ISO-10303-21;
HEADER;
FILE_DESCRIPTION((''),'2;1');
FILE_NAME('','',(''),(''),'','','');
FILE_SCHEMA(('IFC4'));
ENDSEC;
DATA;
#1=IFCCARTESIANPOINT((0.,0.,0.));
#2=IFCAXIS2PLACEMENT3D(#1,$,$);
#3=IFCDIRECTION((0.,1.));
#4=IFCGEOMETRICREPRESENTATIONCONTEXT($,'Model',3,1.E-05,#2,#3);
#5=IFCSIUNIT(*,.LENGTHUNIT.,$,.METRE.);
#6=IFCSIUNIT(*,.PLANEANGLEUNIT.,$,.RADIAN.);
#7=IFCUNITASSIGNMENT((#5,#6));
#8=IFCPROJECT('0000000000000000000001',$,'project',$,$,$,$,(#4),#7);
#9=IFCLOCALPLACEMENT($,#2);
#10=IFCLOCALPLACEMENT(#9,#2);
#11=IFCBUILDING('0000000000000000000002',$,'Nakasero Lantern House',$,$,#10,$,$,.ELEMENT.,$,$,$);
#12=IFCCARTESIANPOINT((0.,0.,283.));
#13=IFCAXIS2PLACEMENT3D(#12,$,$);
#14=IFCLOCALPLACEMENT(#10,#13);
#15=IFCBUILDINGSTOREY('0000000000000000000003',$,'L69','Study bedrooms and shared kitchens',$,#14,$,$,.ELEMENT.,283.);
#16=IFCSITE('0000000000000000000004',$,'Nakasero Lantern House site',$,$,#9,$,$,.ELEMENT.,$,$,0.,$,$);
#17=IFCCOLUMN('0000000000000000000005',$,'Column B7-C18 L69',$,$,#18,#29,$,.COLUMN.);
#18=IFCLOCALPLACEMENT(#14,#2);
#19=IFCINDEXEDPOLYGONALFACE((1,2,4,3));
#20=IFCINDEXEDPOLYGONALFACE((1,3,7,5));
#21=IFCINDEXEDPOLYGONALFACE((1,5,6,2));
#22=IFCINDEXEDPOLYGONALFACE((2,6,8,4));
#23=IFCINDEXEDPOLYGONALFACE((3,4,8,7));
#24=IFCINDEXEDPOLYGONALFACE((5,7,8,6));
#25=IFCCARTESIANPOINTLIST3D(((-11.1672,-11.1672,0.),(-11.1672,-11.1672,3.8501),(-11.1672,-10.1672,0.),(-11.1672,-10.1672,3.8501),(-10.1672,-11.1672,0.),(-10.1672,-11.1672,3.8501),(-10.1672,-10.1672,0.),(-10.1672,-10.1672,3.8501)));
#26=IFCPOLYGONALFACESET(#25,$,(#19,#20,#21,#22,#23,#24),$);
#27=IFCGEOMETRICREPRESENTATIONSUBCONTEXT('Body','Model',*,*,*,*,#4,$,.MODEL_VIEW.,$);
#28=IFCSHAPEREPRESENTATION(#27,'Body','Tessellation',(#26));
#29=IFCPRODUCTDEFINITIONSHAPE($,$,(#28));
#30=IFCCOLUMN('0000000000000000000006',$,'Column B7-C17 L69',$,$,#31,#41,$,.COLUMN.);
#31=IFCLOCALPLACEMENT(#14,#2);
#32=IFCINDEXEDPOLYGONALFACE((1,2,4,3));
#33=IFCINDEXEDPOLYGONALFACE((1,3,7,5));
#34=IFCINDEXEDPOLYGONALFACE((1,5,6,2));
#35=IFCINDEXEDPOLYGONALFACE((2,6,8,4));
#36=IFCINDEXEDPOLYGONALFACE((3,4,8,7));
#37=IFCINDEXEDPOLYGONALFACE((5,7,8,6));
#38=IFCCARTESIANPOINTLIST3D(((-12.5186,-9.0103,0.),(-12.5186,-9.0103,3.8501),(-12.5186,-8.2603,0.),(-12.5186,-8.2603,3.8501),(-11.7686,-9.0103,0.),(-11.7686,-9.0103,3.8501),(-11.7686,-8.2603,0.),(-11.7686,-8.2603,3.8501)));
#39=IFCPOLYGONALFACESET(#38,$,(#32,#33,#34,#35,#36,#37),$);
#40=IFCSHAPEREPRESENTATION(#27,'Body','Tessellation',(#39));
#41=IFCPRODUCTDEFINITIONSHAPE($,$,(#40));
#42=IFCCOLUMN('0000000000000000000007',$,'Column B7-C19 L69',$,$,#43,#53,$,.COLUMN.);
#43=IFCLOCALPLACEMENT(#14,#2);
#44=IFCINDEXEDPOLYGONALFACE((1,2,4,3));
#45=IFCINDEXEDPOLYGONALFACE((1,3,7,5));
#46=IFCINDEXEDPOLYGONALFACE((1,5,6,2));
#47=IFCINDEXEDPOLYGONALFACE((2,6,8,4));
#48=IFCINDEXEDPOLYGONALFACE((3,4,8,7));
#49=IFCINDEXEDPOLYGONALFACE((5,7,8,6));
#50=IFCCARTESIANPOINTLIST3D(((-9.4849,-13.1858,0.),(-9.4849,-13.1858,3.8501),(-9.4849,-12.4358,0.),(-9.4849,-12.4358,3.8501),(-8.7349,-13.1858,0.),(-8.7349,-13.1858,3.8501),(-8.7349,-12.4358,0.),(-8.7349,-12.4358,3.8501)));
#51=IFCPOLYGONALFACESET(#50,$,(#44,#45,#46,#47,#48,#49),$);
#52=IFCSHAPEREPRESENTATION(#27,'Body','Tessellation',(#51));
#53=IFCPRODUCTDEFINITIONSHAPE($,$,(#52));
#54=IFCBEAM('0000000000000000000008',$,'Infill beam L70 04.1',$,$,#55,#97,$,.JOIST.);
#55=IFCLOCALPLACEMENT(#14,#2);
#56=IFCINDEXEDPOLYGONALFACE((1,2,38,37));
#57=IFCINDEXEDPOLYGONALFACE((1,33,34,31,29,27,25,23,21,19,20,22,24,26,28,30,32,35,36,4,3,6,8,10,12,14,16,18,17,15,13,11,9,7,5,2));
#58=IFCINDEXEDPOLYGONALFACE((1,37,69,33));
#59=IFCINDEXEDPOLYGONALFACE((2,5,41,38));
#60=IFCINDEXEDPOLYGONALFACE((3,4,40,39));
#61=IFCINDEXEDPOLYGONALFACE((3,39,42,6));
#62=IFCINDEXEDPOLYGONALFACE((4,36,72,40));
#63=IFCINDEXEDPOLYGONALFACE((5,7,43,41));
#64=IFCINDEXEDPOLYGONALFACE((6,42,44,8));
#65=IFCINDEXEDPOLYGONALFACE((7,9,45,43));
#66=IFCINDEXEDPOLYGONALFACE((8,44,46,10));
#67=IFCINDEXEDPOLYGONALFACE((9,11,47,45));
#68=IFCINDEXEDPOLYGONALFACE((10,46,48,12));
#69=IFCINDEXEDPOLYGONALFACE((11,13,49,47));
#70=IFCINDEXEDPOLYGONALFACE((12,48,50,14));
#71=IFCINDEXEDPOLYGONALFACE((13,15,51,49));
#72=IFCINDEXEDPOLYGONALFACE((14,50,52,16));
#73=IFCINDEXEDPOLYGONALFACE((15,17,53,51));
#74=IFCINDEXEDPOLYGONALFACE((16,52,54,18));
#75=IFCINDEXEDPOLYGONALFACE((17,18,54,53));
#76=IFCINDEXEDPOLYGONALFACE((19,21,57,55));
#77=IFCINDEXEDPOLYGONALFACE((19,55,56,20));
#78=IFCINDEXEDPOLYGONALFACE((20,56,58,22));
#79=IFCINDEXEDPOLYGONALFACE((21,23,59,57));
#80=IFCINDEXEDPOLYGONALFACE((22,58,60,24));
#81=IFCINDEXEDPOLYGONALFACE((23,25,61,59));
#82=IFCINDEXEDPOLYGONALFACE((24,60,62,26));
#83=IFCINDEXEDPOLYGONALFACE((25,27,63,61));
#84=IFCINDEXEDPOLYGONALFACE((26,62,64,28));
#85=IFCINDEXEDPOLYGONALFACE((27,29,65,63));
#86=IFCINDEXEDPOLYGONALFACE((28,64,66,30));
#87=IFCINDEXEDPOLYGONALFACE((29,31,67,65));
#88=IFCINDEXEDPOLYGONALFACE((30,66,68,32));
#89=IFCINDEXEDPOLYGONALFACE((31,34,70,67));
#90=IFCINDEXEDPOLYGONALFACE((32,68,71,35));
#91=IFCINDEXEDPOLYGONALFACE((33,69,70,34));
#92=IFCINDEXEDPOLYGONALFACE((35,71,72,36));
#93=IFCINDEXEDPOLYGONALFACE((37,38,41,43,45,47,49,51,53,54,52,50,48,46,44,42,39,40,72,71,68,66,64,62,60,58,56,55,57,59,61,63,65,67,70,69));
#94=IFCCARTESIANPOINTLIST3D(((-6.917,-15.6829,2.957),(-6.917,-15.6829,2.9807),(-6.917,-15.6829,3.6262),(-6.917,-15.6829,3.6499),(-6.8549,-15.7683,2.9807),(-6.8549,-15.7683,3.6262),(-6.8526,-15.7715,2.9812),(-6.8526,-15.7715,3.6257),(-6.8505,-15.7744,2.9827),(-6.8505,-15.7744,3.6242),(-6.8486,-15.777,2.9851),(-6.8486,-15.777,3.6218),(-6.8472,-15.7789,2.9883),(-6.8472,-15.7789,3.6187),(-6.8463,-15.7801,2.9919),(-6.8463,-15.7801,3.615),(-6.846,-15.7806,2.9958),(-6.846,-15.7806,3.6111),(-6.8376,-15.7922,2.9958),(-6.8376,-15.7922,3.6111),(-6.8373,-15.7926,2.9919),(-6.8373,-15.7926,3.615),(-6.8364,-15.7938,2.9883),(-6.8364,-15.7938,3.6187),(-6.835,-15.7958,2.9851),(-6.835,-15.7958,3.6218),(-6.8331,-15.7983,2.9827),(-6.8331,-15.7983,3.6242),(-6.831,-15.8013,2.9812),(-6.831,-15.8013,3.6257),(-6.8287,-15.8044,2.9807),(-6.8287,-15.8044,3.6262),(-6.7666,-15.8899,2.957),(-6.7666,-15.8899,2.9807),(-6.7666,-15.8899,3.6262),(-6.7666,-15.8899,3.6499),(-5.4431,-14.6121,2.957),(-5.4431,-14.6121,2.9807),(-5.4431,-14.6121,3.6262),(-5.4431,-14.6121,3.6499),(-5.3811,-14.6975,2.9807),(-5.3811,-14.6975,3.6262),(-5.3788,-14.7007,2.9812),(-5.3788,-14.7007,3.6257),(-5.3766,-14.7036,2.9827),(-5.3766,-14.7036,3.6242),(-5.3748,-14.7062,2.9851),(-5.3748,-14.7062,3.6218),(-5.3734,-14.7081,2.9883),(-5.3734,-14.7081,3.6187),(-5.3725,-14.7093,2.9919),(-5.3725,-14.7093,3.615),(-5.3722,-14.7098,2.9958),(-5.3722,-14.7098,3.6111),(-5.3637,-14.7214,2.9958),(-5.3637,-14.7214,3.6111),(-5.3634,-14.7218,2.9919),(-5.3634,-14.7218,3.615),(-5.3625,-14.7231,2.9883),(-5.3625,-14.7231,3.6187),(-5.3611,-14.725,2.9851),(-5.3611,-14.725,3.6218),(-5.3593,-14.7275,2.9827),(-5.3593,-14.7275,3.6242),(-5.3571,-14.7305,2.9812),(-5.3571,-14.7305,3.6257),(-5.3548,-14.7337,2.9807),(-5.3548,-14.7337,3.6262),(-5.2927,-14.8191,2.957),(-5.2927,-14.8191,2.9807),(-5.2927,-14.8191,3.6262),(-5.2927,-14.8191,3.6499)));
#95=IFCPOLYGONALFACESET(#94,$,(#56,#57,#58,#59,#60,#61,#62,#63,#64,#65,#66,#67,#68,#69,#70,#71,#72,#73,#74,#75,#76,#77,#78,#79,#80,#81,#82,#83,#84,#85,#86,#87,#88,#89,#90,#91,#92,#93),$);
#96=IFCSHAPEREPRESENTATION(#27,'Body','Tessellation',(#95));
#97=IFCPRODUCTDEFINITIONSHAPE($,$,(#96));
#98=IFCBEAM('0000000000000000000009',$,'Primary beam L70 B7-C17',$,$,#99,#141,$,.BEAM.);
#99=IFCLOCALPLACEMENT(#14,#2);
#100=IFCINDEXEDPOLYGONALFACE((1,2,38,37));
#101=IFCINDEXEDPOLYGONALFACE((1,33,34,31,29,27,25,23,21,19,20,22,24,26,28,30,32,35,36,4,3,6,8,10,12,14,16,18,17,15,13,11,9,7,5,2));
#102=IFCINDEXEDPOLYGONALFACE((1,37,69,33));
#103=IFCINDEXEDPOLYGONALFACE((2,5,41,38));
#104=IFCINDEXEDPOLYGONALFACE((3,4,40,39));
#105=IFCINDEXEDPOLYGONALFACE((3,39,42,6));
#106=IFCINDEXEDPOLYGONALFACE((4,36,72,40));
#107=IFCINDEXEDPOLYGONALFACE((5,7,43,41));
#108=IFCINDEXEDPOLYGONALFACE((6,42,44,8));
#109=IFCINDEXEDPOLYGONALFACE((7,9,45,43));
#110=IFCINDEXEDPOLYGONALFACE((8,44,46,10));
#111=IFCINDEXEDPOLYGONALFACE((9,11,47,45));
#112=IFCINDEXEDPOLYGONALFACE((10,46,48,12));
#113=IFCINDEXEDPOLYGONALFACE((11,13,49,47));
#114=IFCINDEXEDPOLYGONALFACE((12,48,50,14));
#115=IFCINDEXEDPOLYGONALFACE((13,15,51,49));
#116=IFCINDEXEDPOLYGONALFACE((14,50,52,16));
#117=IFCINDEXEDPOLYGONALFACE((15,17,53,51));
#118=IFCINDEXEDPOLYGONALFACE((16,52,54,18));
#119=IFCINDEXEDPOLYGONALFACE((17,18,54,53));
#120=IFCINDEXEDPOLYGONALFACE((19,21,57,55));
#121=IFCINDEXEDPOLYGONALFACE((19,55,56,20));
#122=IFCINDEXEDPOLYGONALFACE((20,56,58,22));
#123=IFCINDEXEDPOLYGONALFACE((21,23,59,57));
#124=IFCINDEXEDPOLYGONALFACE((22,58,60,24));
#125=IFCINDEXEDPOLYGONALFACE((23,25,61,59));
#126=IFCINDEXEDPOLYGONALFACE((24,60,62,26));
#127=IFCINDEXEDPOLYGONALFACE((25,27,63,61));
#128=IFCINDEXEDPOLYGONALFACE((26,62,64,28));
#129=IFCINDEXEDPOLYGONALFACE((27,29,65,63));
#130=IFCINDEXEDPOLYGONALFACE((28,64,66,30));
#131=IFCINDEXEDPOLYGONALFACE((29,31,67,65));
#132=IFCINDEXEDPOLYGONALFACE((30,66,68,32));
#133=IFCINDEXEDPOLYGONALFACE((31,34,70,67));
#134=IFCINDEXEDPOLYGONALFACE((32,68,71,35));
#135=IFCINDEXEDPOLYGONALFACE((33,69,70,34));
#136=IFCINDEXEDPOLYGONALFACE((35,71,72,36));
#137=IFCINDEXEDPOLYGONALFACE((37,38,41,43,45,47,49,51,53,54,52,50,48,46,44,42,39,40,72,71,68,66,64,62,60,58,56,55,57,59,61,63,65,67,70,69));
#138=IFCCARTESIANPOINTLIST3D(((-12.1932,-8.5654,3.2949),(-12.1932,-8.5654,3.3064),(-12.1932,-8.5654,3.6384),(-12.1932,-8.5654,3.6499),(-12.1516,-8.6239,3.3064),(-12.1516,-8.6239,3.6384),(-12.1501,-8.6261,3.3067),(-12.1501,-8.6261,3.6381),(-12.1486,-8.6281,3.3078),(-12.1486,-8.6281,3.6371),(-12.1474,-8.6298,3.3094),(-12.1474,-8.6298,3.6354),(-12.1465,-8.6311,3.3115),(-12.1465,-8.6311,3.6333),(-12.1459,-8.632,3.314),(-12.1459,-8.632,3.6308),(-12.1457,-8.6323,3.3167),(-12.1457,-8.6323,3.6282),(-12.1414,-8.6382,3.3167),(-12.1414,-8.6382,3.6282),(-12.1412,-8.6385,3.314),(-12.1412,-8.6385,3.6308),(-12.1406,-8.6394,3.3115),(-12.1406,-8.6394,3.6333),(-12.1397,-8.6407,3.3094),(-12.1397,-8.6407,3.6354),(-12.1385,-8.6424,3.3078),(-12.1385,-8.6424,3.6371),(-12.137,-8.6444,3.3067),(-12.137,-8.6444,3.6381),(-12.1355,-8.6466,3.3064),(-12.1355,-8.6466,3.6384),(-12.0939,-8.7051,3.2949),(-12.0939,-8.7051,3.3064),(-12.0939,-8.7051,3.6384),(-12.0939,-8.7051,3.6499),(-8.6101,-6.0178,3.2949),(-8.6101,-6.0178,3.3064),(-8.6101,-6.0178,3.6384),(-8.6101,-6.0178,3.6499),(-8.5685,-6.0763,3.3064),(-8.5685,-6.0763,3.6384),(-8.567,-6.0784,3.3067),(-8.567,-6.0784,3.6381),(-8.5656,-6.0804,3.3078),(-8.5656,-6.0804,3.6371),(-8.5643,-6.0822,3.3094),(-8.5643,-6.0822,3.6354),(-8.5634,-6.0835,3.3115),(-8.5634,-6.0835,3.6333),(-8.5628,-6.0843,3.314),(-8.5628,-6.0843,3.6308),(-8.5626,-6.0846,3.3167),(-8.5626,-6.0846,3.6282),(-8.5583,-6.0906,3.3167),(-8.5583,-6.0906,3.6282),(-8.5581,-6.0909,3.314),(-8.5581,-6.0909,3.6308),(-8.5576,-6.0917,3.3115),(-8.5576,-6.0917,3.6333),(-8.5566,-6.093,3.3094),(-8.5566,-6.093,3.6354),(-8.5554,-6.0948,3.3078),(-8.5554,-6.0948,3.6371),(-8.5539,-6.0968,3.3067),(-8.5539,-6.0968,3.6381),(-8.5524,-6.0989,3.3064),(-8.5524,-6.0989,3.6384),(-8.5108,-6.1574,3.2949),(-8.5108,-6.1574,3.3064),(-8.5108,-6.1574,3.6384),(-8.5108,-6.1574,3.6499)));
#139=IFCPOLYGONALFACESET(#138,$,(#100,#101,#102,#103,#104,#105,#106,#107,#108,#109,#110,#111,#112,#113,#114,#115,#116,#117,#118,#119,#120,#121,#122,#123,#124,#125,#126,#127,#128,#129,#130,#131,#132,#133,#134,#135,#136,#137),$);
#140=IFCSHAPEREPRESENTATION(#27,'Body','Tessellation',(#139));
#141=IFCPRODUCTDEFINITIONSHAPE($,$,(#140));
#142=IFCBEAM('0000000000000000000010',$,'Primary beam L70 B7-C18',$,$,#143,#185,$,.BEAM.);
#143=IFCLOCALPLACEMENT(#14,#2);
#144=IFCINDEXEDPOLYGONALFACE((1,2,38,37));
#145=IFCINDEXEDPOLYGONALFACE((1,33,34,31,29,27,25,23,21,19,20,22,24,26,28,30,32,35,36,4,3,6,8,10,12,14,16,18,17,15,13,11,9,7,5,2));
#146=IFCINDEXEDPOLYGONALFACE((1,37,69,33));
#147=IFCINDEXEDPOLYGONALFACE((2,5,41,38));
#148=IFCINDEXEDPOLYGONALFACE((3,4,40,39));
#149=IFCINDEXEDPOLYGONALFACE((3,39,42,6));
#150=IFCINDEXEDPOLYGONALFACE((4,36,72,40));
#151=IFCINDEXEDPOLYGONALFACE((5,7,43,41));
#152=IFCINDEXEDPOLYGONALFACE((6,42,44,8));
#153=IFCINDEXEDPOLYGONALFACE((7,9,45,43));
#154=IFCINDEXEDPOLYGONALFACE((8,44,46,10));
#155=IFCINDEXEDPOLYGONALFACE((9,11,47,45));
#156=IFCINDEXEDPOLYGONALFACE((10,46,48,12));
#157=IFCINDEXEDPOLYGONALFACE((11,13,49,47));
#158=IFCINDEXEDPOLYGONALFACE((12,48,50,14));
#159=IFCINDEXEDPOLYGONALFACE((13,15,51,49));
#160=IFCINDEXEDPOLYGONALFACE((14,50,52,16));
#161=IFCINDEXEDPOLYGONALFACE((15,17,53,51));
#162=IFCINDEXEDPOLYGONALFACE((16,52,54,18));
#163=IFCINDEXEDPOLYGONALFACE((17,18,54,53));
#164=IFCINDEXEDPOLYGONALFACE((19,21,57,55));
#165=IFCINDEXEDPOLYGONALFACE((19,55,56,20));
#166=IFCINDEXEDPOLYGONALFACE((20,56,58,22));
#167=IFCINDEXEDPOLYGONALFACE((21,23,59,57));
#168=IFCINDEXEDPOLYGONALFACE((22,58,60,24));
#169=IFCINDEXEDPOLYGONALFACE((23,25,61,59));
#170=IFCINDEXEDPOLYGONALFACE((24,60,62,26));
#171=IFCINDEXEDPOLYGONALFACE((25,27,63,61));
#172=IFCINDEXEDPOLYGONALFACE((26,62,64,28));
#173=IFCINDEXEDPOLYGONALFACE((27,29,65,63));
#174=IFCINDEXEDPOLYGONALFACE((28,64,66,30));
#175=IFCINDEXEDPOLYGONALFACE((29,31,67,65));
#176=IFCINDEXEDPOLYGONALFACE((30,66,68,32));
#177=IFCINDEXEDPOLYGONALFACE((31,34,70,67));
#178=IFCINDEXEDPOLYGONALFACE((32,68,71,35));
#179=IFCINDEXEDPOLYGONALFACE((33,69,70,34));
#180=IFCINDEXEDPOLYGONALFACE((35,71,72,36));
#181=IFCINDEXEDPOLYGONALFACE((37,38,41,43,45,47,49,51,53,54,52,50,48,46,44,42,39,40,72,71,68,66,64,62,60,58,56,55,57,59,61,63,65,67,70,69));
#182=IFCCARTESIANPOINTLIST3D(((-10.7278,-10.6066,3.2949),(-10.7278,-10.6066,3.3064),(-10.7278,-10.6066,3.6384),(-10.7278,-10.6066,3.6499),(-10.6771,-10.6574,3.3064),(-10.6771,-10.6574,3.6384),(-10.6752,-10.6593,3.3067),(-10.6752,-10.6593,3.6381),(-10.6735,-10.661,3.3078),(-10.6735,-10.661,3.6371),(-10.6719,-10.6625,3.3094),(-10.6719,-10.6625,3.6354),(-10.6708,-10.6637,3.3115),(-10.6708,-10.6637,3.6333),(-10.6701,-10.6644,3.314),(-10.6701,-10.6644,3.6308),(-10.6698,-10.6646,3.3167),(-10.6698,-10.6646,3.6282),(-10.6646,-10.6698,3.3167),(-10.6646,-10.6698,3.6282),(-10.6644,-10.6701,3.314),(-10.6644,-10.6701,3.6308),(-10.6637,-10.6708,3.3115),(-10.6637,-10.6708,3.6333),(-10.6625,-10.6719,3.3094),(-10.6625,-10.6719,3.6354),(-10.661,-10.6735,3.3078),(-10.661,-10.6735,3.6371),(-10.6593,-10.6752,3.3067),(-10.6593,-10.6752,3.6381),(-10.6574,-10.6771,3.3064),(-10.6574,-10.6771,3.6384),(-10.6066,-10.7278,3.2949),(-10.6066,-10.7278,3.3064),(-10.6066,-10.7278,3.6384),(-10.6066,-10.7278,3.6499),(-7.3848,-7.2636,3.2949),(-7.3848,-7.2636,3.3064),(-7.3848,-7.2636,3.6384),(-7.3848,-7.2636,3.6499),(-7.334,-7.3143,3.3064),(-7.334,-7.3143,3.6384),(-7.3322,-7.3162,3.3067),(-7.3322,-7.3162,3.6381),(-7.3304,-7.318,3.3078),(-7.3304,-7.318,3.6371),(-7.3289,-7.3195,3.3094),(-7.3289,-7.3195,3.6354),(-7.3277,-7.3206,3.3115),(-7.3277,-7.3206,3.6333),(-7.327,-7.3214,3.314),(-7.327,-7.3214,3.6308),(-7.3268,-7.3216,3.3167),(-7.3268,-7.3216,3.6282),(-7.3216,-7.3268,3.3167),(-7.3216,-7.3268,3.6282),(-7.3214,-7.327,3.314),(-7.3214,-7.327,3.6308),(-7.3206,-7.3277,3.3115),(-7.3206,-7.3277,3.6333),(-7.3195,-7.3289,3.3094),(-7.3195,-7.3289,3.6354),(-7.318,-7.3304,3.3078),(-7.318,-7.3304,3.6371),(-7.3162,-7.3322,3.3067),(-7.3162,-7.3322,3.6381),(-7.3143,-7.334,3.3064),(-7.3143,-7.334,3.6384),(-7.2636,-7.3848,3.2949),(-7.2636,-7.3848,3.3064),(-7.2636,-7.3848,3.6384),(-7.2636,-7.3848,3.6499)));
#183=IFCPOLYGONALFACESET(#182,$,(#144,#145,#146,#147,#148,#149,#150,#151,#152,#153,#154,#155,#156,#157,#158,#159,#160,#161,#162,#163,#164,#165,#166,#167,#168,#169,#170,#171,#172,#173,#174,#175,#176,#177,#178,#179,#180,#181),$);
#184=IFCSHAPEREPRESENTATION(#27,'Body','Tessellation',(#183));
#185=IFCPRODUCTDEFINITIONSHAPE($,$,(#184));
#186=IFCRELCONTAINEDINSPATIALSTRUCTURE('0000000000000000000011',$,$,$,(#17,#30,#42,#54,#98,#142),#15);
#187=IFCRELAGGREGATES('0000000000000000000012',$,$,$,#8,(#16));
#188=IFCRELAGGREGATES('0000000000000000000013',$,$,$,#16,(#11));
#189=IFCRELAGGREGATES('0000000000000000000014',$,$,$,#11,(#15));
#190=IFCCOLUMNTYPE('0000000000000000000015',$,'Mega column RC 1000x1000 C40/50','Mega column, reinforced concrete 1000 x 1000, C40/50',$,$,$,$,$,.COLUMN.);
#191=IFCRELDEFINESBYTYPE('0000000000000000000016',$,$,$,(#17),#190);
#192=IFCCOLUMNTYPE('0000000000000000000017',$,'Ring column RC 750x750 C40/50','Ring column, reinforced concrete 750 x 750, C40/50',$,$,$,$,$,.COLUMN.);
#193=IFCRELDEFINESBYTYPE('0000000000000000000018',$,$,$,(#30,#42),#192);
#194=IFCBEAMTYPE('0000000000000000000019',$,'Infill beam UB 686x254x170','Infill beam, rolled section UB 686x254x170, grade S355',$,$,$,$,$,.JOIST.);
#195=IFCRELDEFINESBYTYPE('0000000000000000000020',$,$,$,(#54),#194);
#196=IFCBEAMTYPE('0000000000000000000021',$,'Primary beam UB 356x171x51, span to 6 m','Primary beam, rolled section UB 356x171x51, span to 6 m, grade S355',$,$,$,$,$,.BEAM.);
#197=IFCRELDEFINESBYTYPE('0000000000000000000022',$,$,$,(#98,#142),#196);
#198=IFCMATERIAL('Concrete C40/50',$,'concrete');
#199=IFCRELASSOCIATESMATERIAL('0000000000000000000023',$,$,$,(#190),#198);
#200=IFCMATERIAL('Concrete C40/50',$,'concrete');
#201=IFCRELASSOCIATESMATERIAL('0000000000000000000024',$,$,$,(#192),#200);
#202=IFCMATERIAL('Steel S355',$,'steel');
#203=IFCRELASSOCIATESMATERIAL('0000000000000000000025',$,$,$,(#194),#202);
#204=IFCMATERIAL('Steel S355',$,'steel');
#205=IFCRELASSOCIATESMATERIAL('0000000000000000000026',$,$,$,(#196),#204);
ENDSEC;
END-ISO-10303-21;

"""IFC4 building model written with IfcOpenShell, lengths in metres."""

from ifc_helpers import new_model, si_unit, direction, frame, origin, origin_2d, place, context, subcontext, project, spatial, rectangle, i_section, extrude, material, material_profile, profile_set, type_object, element, save


model = new_model("IFC4")

# Units and contexts
model_context = context("Model", 3, precision=1e-05, world=origin(), true_north=direction((0.0, 1.0)))
body_context = subcontext(model_context, "Body", "Model", "MODEL_VIEW")
ifc_project = project(units=[si_unit("LENGTHUNIT", "METRE"), si_unit("PLANEANGLEUNIT", "RADIAN")], contexts=[model_context])

# Site, building, storey
site_placement = place(None, origin())
site = spatial("IfcSite", under=ifc_project, at=site_placement, Name="Nakasero Lantern House site", CompositionType="ELEMENT", RefElevation=0.0)
building_placement = place(site_placement, origin())
building = spatial("IfcBuilding", under=site, at=building_placement, Name="Nakasero Lantern House", CompositionType="ELEMENT")
storey_placement = place(building_placement, frame((0.0, 0.0, 283.0)))
storey = spatial("IfcBuildingStorey", under=building, at=storey_placement, Name="L69", Description="Study bedrooms and shared kitchens", CompositionType="ELEMENT", Elevation=283.0)

# Columns
ifc_material_1 = material(Name="Concrete C40/50", Category="concrete")
ifc_material_profile_1 = material_profile(ifc_material_1, rectangle(XDim=1.0, YDim=1.0, at=origin_2d()), Name="RC 1000x1000")
ifc_profile_set_1 = profile_set([ifc_material_profile_1], Name="Concrete C40/50")
column_type_1 = type_object("IfcColumnType", Name="Mega column RC 1000x1000 C40/50", Description="Mega column, reinforced concrete 1000 x 1000, C40/50", PredefinedType="COLUMN", material=ifc_profile_set_1)
column_placement = place(storey_placement, frame((-10.6672, -10.6672, 0.0), z_axis=(0.0, 0.0, 1.0), x_axis=(1.0, 0.0, 0.0)))
element("IfcColumn", 1, at=column_placement, inside=storey, type_object=column_type_1, Name="Column B7-C18 L69", PredefinedType="COLUMN", context=body_context, shape_type="SweptSolid", body=[
    extrude(rectangle(XDim=1.0, YDim=1.0, at=origin_2d()), origin(), (0.0, 0.0, 1.0), 3.8501),
])
ifc_material_2 = material(Name="Concrete C40/50", Category="concrete")
ifc_material_profile_2 = material_profile(ifc_material_2, rectangle(XDim=0.75, YDim=0.75, at=origin_2d()), Name="RC 750x750")
ifc_profile_set_2 = profile_set([ifc_material_profile_2], Name="Concrete C40/50")
column_type_2 = type_object("IfcColumnType", Name="Ring column RC 750x750 C40/50", Description="Ring column, reinforced concrete 750 x 750, C40/50", PredefinedType="COLUMN", material=ifc_profile_set_2)
for number, where, z_axis, x_axis, name in (
    (2, (-12.1436, -8.6353, 0.0), (0.0, 0.0, 1.0), (1.0, 0.0, 0.0), "Column B7-C17 L69"),
    (3, (-9.1099, -12.8108, 0.0), (0.0, 0.0, 1.0), (1.0, 0.0, 0.0), "Column B7-C19 L69"),
):
    element("IfcColumn", number, at=place(storey_placement, frame(where, z_axis=z_axis, x_axis=x_axis)), inside=storey, type_object=column_type_2, Name=name, PredefinedType="COLUMN", context=body_context, shape_type="SweptSolid", body=[
        extrude(rectangle(XDim=0.75, YDim=0.75, at=origin_2d()), origin(), (0.0, 0.0, 1.0), 3.8501),
    ])

# Beams
ifc_material_3 = material(Name="Steel S355", Category="steel")
ifc_material_profile_3 = material_profile(ifc_material_3, i_section(OverallWidth=0.2559, OverallDepth=0.6929, WebThickness=0.0144, FlangeThickness=0.0237, FilletRadius=0.0151, at=origin_2d()), Name="UB 686x254x170")
ifc_profile_set_3 = profile_set([ifc_material_profile_3], Name="Steel S355")
beam_type_1 = type_object("IfcBeamType", Name="Infill beam UB 686x254x170", Description="Infill beam, rolled section UB 686x254x170, grade S355", PredefinedType="JOIST", material=ifc_profile_set_3)
beam_1_placement = place(storey_placement, frame((-6.8418, -15.7864, 3.3035), z_axis=(0.809026, 0.587773, 0.0), x_axis=(-0.587773, 0.809026, 0.0)))
element("IfcBeam", 4, at=beam_1_placement, inside=storey, type_object=beam_type_1, Name="Infill beam L70 04.1", PredefinedType="JOIST", context=body_context, shape_type="SweptSolid", body=[
    extrude(i_section(OverallWidth=0.2559, OverallDepth=0.6929, WebThickness=0.0144, FlangeThickness=0.0237, FilletRadius=0.0151, at=origin_2d()), origin(), (0.0, 0.0, 1.0), 1.8218),
])
ifc_material_4 = material(Name="Steel S355", Category="steel")
ifc_material_profile_4 = material_profile(ifc_material_4, i_section(OverallWidth=0.1714, OverallDepth=0.355, WebThickness=0.0073, FlangeThickness=0.0115, FilletRadius=0.0103, at=origin_2d()), Name="UB 356x171x51")
ifc_profile_set_4 = profile_set([ifc_material_profile_4], Name="Steel S355")
beam_type_2 = type_object("IfcBeamType", Name="Primary beam UB 356x171x51, span to 6 m", Description="Primary beam, rolled section UB 356x171x51, span to 6 m, grade S355", PredefinedType="BEAM", material=ifc_profile_set_4)
beam_2_placement = place(storey_placement, frame((-12.1436, -8.6353, 3.4724), z_axis=(0.814989, 0.579477, 0.0), x_axis=(-0.579477, 0.814989, 0.0)))
element("IfcBeam", 5, at=beam_2_placement, inside=storey, type_object=beam_type_2, Name="Primary beam L70 B7-C17", PredefinedType="BEAM", context=body_context, shape_type="SweptSolid", body=[
    extrude(i_section(OverallWidth=0.1714, OverallDepth=0.355, WebThickness=0.0073, FlangeThickness=0.0115, FilletRadius=0.0103, at=origin_2d()), origin(), (0.0, 0.0, 1.0), 4.3965),
])
beam_3_placement = place(storey_placement, frame((-10.6672, -10.6672, 3.4724), z_axis=(0.707107, 0.707107, 0.0), x_axis=(-0.707107, 0.707107, 0.0)))
element("IfcBeam", 6, at=beam_3_placement, inside=storey, type_object=beam_type_2, Name="Primary beam L70 B7-C18", PredefinedType="BEAM", context=body_context, shape_type="SweptSolid", body=[
    extrude(i_section(OverallWidth=0.1714, OverallDepth=0.355, WebThickness=0.0073, FlangeThickness=0.0115, FilletRadius=0.0103, at=origin_2d()), origin(), (0.0, 0.0, 1.0), 4.7278),
])

save(model, "model.ifc")
